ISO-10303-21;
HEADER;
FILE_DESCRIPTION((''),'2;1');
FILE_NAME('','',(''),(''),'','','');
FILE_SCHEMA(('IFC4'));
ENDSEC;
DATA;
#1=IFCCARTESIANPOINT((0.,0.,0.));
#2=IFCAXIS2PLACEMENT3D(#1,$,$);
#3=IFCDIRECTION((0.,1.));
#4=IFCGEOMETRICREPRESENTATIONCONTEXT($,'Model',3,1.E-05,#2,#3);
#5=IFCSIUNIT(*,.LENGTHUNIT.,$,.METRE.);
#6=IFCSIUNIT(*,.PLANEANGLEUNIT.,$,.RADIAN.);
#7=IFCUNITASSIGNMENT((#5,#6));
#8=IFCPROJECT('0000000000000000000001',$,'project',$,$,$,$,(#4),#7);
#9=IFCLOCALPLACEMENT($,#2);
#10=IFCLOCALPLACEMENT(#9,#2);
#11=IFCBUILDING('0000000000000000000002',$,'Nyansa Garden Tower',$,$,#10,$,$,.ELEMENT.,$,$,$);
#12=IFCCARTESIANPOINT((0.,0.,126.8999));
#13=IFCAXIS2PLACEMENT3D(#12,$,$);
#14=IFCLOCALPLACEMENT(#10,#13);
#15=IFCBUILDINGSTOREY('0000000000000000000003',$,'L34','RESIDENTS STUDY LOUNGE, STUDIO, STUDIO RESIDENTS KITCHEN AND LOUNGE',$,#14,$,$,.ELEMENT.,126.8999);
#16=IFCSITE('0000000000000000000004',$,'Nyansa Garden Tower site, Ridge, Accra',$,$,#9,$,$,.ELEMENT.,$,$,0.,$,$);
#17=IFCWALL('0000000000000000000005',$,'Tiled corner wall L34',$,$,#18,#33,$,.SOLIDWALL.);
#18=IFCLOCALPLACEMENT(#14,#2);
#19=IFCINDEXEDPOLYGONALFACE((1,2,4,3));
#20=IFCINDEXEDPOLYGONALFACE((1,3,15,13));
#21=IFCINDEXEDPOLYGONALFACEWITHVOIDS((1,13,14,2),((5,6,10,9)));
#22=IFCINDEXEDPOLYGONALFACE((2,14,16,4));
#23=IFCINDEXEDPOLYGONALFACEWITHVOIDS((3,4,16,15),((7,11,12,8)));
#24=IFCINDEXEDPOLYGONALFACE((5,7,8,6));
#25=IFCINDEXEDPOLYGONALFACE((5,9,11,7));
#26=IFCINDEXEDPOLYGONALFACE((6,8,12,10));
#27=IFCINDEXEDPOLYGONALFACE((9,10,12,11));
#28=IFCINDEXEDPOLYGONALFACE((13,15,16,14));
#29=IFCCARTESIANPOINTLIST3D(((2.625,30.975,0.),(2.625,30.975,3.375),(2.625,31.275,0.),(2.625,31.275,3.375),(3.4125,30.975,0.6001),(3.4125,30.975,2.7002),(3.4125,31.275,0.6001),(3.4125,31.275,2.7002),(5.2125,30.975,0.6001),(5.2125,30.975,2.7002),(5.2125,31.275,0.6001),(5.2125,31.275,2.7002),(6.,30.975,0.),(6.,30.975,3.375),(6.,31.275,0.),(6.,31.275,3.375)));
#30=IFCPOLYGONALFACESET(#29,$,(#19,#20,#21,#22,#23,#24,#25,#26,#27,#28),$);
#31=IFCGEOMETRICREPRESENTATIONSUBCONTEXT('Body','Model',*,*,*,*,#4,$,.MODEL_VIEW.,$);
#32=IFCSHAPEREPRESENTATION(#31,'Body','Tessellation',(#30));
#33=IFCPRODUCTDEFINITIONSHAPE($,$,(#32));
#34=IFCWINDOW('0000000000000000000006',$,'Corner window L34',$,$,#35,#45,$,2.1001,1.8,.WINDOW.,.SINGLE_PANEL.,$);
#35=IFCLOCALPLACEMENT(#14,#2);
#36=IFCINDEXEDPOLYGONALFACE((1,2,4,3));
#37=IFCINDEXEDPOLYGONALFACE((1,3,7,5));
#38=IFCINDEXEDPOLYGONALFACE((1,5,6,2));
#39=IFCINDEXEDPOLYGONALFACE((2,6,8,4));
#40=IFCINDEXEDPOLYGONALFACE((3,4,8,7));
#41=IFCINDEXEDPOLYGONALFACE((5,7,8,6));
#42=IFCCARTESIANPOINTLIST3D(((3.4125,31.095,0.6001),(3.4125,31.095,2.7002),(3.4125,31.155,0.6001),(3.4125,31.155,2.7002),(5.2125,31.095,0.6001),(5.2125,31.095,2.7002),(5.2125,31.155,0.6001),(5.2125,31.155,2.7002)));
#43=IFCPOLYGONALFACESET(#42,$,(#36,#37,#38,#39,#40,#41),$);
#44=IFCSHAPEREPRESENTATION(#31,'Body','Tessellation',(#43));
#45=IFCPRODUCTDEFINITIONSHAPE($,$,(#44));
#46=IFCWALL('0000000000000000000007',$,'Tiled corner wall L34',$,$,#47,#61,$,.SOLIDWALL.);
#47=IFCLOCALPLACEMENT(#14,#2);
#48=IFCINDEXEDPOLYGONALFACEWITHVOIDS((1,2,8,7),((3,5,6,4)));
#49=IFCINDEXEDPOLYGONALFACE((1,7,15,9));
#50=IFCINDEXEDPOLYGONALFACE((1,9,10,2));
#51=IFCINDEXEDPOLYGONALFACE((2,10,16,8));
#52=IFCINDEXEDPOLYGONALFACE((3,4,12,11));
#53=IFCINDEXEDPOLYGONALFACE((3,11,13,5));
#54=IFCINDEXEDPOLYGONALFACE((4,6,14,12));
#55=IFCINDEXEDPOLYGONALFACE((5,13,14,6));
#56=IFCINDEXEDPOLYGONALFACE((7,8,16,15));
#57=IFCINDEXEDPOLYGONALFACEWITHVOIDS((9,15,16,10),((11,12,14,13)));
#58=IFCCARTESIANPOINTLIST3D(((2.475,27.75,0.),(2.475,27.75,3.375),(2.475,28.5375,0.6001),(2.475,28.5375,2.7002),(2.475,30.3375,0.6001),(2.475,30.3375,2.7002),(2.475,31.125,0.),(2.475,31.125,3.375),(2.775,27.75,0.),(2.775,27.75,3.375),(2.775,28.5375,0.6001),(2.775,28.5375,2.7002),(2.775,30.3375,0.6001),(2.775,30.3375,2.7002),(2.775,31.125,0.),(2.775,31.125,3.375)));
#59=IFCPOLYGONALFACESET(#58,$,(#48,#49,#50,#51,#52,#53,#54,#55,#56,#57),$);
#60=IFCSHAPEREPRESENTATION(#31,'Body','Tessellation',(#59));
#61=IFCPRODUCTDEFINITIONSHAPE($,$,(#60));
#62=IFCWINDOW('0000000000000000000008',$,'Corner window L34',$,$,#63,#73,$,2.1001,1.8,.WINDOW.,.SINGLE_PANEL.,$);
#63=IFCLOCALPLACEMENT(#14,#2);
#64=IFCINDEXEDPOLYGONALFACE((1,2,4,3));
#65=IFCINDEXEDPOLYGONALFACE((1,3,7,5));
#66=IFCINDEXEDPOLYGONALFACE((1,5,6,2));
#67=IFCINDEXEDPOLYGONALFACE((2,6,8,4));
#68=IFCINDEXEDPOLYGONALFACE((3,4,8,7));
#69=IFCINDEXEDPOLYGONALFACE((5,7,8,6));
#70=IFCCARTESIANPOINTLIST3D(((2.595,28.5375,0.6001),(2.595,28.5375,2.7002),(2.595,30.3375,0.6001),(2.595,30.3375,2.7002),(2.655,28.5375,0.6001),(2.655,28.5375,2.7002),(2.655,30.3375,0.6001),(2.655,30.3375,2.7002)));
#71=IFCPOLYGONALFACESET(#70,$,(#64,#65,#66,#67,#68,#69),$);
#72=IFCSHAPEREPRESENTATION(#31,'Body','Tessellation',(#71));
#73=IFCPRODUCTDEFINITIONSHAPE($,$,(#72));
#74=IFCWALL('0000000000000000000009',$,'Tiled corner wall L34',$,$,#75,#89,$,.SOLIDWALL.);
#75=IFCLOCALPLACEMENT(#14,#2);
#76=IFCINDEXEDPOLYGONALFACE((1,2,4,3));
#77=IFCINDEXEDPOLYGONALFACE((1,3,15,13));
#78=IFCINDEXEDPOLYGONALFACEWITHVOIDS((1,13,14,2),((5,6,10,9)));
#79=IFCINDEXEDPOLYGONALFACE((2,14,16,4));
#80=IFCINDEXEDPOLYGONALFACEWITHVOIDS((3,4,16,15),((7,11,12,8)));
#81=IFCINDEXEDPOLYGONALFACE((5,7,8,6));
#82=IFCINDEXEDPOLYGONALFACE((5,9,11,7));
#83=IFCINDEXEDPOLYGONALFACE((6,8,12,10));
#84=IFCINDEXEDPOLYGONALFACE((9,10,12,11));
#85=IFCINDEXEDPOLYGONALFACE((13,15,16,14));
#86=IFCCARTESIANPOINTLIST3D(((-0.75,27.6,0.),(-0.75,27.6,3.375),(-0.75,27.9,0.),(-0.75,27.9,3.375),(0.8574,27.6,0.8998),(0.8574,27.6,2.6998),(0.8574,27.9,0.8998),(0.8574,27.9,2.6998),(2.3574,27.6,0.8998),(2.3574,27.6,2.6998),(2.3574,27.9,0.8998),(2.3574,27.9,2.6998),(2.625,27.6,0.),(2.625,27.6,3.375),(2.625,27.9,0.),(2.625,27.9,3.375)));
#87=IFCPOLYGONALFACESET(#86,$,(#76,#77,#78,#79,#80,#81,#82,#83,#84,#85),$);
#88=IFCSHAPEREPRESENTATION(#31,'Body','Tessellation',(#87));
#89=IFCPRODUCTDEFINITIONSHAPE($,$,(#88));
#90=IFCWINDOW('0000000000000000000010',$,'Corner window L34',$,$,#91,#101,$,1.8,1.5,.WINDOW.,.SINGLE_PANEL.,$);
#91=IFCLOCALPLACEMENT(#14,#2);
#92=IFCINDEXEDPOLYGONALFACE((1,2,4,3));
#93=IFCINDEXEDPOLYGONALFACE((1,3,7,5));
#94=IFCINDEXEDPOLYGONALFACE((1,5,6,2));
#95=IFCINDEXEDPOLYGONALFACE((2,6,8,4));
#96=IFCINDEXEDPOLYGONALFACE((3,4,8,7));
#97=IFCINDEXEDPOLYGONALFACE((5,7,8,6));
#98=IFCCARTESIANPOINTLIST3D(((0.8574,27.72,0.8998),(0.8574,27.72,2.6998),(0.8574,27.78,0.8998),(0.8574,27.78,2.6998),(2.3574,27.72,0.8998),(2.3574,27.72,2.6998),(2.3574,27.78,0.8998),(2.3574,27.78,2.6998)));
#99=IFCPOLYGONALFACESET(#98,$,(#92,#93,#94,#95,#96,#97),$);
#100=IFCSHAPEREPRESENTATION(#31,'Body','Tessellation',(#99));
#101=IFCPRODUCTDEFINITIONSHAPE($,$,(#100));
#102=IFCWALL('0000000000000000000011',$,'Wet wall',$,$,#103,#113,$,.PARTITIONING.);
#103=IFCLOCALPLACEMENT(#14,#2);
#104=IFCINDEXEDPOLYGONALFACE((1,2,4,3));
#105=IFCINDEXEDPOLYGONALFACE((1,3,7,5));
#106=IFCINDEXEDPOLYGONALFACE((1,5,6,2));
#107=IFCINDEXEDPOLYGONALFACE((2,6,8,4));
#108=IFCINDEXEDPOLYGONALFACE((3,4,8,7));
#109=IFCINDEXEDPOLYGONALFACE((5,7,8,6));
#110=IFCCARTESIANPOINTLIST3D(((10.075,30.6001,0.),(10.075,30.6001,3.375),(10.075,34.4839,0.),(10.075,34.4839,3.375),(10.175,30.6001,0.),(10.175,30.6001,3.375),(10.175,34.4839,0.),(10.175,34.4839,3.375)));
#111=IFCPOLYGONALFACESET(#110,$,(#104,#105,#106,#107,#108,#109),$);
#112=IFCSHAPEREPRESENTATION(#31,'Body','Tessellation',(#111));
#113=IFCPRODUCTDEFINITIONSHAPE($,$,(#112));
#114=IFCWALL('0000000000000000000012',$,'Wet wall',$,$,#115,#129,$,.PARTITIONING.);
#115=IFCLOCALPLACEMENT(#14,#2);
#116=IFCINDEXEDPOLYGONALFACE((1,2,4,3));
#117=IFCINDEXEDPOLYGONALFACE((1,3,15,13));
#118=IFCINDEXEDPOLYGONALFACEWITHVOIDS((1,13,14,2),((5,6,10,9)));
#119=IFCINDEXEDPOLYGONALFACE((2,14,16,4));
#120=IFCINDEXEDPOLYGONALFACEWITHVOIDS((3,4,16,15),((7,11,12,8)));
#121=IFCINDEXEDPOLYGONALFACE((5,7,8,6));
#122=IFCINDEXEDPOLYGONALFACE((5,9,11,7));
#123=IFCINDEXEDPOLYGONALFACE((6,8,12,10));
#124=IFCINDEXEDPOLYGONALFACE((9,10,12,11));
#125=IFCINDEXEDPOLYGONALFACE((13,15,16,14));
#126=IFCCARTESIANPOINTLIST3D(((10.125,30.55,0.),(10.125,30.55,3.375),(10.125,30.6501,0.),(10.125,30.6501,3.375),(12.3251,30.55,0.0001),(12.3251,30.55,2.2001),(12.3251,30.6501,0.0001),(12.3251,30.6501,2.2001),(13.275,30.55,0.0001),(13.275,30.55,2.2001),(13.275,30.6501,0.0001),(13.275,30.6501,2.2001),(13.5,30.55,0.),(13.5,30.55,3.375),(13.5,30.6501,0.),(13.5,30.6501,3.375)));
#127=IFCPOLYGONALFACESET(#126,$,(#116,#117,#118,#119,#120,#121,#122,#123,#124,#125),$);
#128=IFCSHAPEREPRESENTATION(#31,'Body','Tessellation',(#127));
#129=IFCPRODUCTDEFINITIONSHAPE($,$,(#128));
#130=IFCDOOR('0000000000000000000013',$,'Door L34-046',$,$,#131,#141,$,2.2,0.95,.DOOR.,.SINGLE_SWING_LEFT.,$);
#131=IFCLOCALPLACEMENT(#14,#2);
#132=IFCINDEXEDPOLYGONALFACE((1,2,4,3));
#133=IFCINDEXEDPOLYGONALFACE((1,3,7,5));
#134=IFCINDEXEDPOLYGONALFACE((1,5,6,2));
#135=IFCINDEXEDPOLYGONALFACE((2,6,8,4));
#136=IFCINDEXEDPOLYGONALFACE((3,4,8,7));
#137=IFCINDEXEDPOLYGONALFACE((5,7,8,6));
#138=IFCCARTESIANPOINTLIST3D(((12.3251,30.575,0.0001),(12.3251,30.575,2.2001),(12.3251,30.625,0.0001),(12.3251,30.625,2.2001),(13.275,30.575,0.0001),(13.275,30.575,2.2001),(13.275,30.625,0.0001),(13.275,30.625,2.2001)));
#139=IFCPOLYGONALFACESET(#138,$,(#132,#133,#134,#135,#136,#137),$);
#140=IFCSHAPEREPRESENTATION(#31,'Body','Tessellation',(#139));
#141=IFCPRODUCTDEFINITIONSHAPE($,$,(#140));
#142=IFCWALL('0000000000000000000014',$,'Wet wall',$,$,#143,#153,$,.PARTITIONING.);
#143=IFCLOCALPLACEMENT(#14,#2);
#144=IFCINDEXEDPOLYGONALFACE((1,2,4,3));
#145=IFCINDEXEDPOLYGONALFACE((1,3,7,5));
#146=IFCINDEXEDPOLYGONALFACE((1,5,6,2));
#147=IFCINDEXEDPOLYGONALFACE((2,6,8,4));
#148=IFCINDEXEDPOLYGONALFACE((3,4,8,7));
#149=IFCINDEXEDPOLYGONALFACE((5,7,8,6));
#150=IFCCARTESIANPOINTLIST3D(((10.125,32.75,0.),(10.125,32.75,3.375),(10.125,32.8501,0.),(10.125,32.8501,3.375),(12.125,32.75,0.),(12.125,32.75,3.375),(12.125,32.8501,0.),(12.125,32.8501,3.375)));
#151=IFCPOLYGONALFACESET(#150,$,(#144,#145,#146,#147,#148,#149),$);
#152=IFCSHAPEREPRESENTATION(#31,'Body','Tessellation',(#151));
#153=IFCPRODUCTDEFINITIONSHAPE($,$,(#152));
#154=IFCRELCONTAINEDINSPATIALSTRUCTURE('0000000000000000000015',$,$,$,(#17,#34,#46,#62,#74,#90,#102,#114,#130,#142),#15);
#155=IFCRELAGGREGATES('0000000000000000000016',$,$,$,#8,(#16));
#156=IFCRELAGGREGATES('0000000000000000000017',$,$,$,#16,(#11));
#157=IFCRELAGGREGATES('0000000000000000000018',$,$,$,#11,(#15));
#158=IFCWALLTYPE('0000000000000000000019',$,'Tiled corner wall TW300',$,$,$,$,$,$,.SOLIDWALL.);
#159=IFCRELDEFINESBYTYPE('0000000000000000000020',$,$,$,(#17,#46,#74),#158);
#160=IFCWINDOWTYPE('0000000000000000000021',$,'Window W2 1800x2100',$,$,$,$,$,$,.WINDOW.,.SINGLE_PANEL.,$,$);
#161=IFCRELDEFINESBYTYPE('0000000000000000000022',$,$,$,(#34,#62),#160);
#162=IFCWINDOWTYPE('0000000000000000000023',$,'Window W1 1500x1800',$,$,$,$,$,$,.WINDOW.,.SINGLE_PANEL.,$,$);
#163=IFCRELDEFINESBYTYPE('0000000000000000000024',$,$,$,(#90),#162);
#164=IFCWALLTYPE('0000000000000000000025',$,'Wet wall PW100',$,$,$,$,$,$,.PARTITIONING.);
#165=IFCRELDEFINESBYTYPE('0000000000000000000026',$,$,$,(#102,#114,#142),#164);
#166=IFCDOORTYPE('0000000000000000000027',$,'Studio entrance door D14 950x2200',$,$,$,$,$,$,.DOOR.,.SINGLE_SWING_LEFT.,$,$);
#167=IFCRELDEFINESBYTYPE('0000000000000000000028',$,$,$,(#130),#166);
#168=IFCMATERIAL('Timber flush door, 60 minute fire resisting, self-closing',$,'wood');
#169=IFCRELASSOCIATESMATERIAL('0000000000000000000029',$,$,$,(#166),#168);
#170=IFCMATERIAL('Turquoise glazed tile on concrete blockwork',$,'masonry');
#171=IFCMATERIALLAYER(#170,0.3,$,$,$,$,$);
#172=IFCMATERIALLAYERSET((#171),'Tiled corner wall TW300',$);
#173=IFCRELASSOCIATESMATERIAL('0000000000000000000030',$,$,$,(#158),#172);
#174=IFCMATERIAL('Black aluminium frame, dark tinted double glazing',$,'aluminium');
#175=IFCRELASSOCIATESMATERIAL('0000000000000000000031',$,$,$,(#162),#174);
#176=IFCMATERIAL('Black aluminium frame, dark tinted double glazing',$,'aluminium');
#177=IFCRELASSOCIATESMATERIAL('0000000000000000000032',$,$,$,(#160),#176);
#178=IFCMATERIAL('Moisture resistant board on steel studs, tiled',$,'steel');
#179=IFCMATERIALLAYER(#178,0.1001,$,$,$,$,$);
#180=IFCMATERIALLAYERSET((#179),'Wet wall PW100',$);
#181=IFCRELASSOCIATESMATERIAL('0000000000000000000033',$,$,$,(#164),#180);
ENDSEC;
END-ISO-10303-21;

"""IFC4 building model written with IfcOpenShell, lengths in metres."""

from ifc_helpers import new_model, si_unit, direction, frame, frame_2d, origin, place, context, subcontext, project, spatial, rectangle, extrude, material, layer, layer_set, type_object, element, fill, save


model = new_model("IFC4")

# Units and contexts
model_context = context("Model", 3, precision=1e-05, world=origin(), true_north=direction((0.0, 1.0)))
body_context = subcontext(model_context, "Body", "Model", "MODEL_VIEW")
ifc_project = project(units=[si_unit("LENGTHUNIT", "METRE"), si_unit("PLANEANGLEUNIT", "RADIAN")], contexts=[model_context])

# Site, building, storey
site_placement = place(None, origin())
site = spatial("IfcSite", under=ifc_project, at=site_placement, Name="Nyansa Garden Tower site, Ridge, Accra", CompositionType="ELEMENT", RefElevation=0.0)
building_placement = place(site_placement, origin())
building = spatial("IfcBuilding", under=site, at=building_placement, Name="Nyansa Garden Tower", CompositionType="ELEMENT")
storey_placement = place(building_placement, frame((0.0, 0.0, 126.8999)))
storey = spatial("IfcBuildingStorey", under=building, at=storey_placement, Name="L34", Description="RESIDENTS STUDY LOUNGE, STUDIO, STUDIO RESIDENTS KITCHEN AND LOUNGE", CompositionType="ELEMENT", Elevation=126.8999)

# Shared definitions
ifc_material_1 = material(Name="Timber flush door, 60 minute fire resisting, self-closing", Category="wood")
door_type_1 = type_object("IfcDoorType", Name="Studio entrance door D14 950x2200", OperationType="SINGLE_SWING_LEFT", PredefinedType="DOOR", material=ifc_material_1)

# Walls, openings, windows
ifc_material_2 = material(Name="Turquoise glazed tile on concrete blockwork", Category="masonry")
ifc_layer_1 = layer(ifc_material_2, 0.3)
ifc_layer_set_1 = layer_set([ifc_layer_1], Name="Tiled corner wall TW300")
wall_type_1 = type_object("IfcWallType", Name="Tiled corner wall TW300", PredefinedType="SOLIDWALL", material=ifc_layer_set_1)
ifc_material_3 = material(Name="Black aluminium frame, dark tinted double glazing", Category="aluminium")
window_type_1 = type_object("IfcWindowType", Name="Window W1 1500x1800", PartitioningType="SINGLE_PANEL", PredefinedType="WINDOW", material=ifc_material_3)
wall_1_placement = place(storey_placement, frame((6.0, 31.125, 0.0), z_axis=(0.0, 0.0, 1.0), x_axis=(-1.0, 0.0, 0.0)))
wall_1 = element("IfcWall", 1, at=wall_1_placement, inside=storey, type_object=wall_type_1, Name="Tiled corner wall L34", PredefinedType="SOLIDWALL", context=body_context, shape_type="SweptSolid", body=[
    extrude(rectangle(XDim=3.375, YDim=0.3, at=frame_2d((1.6875, 0.0))), origin(), (0.0, 0.0, 1.0), 3.375),
])
opening_1_placement = place(wall_1_placement, frame((0.7876, 0.0, 0.6001)))
opening_1 = element("IfcOpeningElement", 2, at=opening_1_placement, cuts=wall_1, PredefinedType="OPENING", context=body_context, shape_type="SweptSolid", body=[
    extrude(rectangle(XDim=1.8, YDim=2.1001, at=frame_2d((0.8999, 1.05))), frame((0.0, 0.1599, 0.0), z_axis=(0.0, -1.0, 0.0), x_axis=(1.0, 0.0, 0.0)), (0.0, 0.0, 1.0), 0.3201),
])
ifc_material_4 = material(Name="Black aluminium frame, dark tinted double glazing", Category="aluminium")
window_type_2 = type_object("IfcWindowType", Name="Window W2 1800x2100", PartitioningType="SINGLE_PANEL", PredefinedType="WINDOW", material=ifc_material_4)
window_1_placement = place(opening_1_placement, origin())
window_1 = element("IfcWindow", 3, at=window_1_placement, inside=storey, type_object=window_type_2, Name="Corner window L34", OverallHeight=2.1001, OverallWidth=1.8, PartitioningType="SINGLE_PANEL", PredefinedType="WINDOW", context=body_context, shape_type="SweptSolid", body=[
    extrude(rectangle(XDim=1.8, YDim=2.1001, at=frame_2d((0.8999, 1.05))), frame((0.0, 0.03, 0.0), z_axis=(0.0, -1.0, 0.0), x_axis=(1.0, 0.0, 0.0)), (0.0, 0.0, 1.0), 0.0601),
])
fill(opening_1, window_1)
wall_2_placement = place(storey_placement, frame((2.625, 31.125, 0.0), z_axis=(0.0, 0.0, 1.0), x_axis=(0.0, -1.0, 0.0)))
wall_2 = element("IfcWall", 4, at=wall_2_placement, inside=storey, type_object=wall_type_1, Name="Tiled corner wall L34", PredefinedType="SOLIDWALL", context=body_context, shape_type="SweptSolid", body=[
    extrude(rectangle(XDim=3.375, YDim=0.3, at=frame_2d((1.6875, 0.0))), origin(), (0.0, 0.0, 1.0), 3.375),
])
opening_2_placement = place(wall_2_placement, frame((0.7876, 0.0, 0.6001)))
opening_2 = element("IfcOpeningElement", 5, at=opening_2_placement, cuts=wall_2, PredefinedType="OPENING", context=body_context, shape_type="SweptSolid", body=[
    extrude(rectangle(XDim=1.8, YDim=2.1001, at=frame_2d((0.8999, 1.05))), frame((0.0, 0.1599, 0.0), z_axis=(0.0, -1.0, 0.0), x_axis=(1.0, 0.0, 0.0)), (0.0, 0.0, 1.0), 0.3201),
])
window_2_placement = place(opening_2_placement, origin())
window_2 = element("IfcWindow", 6, at=window_2_placement, inside=storey, type_object=window_type_2, Name="Corner window L34", OverallHeight=2.1001, OverallWidth=1.8, PartitioningType="SINGLE_PANEL", PredefinedType="WINDOW", context=body_context, shape_type="SweptSolid", body=[
    extrude(rectangle(XDim=1.8, YDim=2.1001, at=frame_2d((0.8999, 1.05))), frame((0.0, 0.03, 0.0), z_axis=(0.0, -1.0, 0.0), x_axis=(1.0, 0.0, 0.0)), (0.0, 0.0, 1.0), 0.0601),
])
fill(opening_2, window_2)
wall_3_placement = place(storey_placement, frame((2.625, 27.75, 0.0), z_axis=(0.0, 0.0, 1.0), x_axis=(-1.0, 0.0, 0.0)))
wall_3 = element("IfcWall", 7, at=wall_3_placement, inside=storey, type_object=wall_type_1, Name="Tiled corner wall L34", PredefinedType="SOLIDWALL", context=body_context, shape_type="SweptSolid", body=[
    extrude(rectangle(XDim=3.375, YDim=0.3, at=frame_2d((1.6875, 0.0))), origin(), (0.0, 0.0, 1.0), 3.375),
])
opening_3_placement = place(wall_3_placement, frame((0.2676, 0.0, 0.8999)))
opening_3 = element("IfcOpeningElement", 8, at=opening_3_placement, cuts=wall_3, PredefinedType="OPENING", context=body_context, shape_type="SweptSolid", body=[
    extrude(rectangle(XDim=1.5, YDim=1.8, at=frame_2d((0.75, 0.8999))), frame((0.0, 0.1599, 0.0), z_axis=(0.0, -1.0, 0.0), x_axis=(1.0, 0.0, 0.0)), (0.0, 0.0, 1.0), 0.3201),
])
window_3_placement = place(opening_3_placement, origin())
window_3 = element("IfcWindow", 9, at=window_3_placement, inside=storey, type_object=window_type_1, Name="Corner window L34", OverallHeight=1.8, OverallWidth=1.5, PartitioningType="SINGLE_PANEL", PredefinedType="WINDOW", context=body_context, shape_type="SweptSolid", body=[
    extrude(rectangle(XDim=1.5, YDim=1.8, at=frame_2d((0.75, 0.8999))), frame((0.0, 0.03, 0.0), z_axis=(0.0, -1.0, 0.0), x_axis=(1.0, 0.0, 0.0)), (0.0, 0.0, 1.0), 0.0601),
])
fill(opening_3, window_3)

# Wall
ifc_material_5 = material(Name="Moisture resistant board on steel studs, tiled", Category="steel")
ifc_layer_2 = layer(ifc_material_5, 0.1001)
ifc_layer_set_2 = layer_set([ifc_layer_2], Name="Wet wall PW100")
wall_type_2 = type_object("IfcWallType", Name="Wet wall PW100", PredefinedType="PARTITIONING", material=ifc_layer_set_2)
wall_4_placement = place(storey_placement, frame((10.125, 30.6001, 0.0), z_axis=(0.0, 0.0, 1.0), x_axis=(0.0, 1.0, 0.0)))
element("IfcWall", 10, at=wall_4_placement, inside=storey, type_object=wall_type_2, Name="Wet wall", PredefinedType="PARTITIONING", context=body_context, shape_type="SweptSolid", body=[
    extrude(rectangle(XDim=3.8838, YDim=0.1001, at=frame_2d((1.9419, 0.0))), origin(), (0.0, 0.0, 1.0), 3.375),
])

# Wall, opening, door
wall_5_placement = place(storey_placement, frame((10.125, 30.6001, 0.0), z_axis=(0.0, 0.0, 1.0), x_axis=(1.0, 0.0, 0.0)))
wall_5 = element("IfcWall", 11, at=wall_5_placement, inside=storey, type_object=wall_type_2, Name="Wet wall", PredefinedType="PARTITIONING", context=body_context, shape_type="SweptSolid", body=[
    extrude(rectangle(XDim=3.375, YDim=0.1001, at=frame_2d((1.6875, 0.0))), origin(), (0.0, 0.0, 1.0), 3.375),
])
opening_4_placement = place(wall_5_placement, frame((2.2, 0.0, 0.0)))
opening_4 = element("IfcOpeningElement", 12, at=opening_4_placement, cuts=wall_5, PredefinedType="OPENING", context=body_context, shape_type="SweptSolid", body=[
    extrude(rectangle(XDim=0.95, YDim=2.2, at=frame_2d((0.4751, 1.1001))), frame((0.0, 0.0601, 0.0), z_axis=(0.0, -1.0, 0.0), x_axis=(1.0, 0.0, 0.0)), (0.0, 0.0, 1.0), 0.1201),
])
door_1_placement = place(opening_4_placement, origin())
door_1 = element("IfcDoor", 13, at=door_1_placement, inside=storey, type_object=door_type_1, Name="Door L34-046", OperationType="SINGLE_SWING_LEFT", OverallHeight=2.2, OverallWidth=0.95, PredefinedType="DOOR", context=body_context, shape_type="SweptSolid", body=[
    extrude(rectangle(XDim=0.95, YDim=2.2, at=frame_2d((0.4751, 1.1001))), frame((0.0, 0.0249, 0.0), z_axis=(0.0, -1.0, 0.0), x_axis=(1.0, 0.0, 0.0)), (0.0, 0.0, 1.0), 0.05),
])
fill(opening_4, door_1)

# Wall
wall_6_placement = place(storey_placement, frame((10.125, 32.8, 0.0), z_axis=(0.0, 0.0, 1.0), x_axis=(1.0, 0.0, 0.0)))
element("IfcWall", 14, at=wall_6_placement, inside=storey, type_object=wall_type_2, Name="Wet wall", PredefinedType="PARTITIONING", context=body_context, shape_type="SweptSolid", body=[
    extrude(rectangle(XDim=2.0, YDim=0.1001, at=frame_2d((1.0, 0.0))), origin(), (0.0, 0.0, 1.0), 3.375),
])

save(model, "model.ifc")
